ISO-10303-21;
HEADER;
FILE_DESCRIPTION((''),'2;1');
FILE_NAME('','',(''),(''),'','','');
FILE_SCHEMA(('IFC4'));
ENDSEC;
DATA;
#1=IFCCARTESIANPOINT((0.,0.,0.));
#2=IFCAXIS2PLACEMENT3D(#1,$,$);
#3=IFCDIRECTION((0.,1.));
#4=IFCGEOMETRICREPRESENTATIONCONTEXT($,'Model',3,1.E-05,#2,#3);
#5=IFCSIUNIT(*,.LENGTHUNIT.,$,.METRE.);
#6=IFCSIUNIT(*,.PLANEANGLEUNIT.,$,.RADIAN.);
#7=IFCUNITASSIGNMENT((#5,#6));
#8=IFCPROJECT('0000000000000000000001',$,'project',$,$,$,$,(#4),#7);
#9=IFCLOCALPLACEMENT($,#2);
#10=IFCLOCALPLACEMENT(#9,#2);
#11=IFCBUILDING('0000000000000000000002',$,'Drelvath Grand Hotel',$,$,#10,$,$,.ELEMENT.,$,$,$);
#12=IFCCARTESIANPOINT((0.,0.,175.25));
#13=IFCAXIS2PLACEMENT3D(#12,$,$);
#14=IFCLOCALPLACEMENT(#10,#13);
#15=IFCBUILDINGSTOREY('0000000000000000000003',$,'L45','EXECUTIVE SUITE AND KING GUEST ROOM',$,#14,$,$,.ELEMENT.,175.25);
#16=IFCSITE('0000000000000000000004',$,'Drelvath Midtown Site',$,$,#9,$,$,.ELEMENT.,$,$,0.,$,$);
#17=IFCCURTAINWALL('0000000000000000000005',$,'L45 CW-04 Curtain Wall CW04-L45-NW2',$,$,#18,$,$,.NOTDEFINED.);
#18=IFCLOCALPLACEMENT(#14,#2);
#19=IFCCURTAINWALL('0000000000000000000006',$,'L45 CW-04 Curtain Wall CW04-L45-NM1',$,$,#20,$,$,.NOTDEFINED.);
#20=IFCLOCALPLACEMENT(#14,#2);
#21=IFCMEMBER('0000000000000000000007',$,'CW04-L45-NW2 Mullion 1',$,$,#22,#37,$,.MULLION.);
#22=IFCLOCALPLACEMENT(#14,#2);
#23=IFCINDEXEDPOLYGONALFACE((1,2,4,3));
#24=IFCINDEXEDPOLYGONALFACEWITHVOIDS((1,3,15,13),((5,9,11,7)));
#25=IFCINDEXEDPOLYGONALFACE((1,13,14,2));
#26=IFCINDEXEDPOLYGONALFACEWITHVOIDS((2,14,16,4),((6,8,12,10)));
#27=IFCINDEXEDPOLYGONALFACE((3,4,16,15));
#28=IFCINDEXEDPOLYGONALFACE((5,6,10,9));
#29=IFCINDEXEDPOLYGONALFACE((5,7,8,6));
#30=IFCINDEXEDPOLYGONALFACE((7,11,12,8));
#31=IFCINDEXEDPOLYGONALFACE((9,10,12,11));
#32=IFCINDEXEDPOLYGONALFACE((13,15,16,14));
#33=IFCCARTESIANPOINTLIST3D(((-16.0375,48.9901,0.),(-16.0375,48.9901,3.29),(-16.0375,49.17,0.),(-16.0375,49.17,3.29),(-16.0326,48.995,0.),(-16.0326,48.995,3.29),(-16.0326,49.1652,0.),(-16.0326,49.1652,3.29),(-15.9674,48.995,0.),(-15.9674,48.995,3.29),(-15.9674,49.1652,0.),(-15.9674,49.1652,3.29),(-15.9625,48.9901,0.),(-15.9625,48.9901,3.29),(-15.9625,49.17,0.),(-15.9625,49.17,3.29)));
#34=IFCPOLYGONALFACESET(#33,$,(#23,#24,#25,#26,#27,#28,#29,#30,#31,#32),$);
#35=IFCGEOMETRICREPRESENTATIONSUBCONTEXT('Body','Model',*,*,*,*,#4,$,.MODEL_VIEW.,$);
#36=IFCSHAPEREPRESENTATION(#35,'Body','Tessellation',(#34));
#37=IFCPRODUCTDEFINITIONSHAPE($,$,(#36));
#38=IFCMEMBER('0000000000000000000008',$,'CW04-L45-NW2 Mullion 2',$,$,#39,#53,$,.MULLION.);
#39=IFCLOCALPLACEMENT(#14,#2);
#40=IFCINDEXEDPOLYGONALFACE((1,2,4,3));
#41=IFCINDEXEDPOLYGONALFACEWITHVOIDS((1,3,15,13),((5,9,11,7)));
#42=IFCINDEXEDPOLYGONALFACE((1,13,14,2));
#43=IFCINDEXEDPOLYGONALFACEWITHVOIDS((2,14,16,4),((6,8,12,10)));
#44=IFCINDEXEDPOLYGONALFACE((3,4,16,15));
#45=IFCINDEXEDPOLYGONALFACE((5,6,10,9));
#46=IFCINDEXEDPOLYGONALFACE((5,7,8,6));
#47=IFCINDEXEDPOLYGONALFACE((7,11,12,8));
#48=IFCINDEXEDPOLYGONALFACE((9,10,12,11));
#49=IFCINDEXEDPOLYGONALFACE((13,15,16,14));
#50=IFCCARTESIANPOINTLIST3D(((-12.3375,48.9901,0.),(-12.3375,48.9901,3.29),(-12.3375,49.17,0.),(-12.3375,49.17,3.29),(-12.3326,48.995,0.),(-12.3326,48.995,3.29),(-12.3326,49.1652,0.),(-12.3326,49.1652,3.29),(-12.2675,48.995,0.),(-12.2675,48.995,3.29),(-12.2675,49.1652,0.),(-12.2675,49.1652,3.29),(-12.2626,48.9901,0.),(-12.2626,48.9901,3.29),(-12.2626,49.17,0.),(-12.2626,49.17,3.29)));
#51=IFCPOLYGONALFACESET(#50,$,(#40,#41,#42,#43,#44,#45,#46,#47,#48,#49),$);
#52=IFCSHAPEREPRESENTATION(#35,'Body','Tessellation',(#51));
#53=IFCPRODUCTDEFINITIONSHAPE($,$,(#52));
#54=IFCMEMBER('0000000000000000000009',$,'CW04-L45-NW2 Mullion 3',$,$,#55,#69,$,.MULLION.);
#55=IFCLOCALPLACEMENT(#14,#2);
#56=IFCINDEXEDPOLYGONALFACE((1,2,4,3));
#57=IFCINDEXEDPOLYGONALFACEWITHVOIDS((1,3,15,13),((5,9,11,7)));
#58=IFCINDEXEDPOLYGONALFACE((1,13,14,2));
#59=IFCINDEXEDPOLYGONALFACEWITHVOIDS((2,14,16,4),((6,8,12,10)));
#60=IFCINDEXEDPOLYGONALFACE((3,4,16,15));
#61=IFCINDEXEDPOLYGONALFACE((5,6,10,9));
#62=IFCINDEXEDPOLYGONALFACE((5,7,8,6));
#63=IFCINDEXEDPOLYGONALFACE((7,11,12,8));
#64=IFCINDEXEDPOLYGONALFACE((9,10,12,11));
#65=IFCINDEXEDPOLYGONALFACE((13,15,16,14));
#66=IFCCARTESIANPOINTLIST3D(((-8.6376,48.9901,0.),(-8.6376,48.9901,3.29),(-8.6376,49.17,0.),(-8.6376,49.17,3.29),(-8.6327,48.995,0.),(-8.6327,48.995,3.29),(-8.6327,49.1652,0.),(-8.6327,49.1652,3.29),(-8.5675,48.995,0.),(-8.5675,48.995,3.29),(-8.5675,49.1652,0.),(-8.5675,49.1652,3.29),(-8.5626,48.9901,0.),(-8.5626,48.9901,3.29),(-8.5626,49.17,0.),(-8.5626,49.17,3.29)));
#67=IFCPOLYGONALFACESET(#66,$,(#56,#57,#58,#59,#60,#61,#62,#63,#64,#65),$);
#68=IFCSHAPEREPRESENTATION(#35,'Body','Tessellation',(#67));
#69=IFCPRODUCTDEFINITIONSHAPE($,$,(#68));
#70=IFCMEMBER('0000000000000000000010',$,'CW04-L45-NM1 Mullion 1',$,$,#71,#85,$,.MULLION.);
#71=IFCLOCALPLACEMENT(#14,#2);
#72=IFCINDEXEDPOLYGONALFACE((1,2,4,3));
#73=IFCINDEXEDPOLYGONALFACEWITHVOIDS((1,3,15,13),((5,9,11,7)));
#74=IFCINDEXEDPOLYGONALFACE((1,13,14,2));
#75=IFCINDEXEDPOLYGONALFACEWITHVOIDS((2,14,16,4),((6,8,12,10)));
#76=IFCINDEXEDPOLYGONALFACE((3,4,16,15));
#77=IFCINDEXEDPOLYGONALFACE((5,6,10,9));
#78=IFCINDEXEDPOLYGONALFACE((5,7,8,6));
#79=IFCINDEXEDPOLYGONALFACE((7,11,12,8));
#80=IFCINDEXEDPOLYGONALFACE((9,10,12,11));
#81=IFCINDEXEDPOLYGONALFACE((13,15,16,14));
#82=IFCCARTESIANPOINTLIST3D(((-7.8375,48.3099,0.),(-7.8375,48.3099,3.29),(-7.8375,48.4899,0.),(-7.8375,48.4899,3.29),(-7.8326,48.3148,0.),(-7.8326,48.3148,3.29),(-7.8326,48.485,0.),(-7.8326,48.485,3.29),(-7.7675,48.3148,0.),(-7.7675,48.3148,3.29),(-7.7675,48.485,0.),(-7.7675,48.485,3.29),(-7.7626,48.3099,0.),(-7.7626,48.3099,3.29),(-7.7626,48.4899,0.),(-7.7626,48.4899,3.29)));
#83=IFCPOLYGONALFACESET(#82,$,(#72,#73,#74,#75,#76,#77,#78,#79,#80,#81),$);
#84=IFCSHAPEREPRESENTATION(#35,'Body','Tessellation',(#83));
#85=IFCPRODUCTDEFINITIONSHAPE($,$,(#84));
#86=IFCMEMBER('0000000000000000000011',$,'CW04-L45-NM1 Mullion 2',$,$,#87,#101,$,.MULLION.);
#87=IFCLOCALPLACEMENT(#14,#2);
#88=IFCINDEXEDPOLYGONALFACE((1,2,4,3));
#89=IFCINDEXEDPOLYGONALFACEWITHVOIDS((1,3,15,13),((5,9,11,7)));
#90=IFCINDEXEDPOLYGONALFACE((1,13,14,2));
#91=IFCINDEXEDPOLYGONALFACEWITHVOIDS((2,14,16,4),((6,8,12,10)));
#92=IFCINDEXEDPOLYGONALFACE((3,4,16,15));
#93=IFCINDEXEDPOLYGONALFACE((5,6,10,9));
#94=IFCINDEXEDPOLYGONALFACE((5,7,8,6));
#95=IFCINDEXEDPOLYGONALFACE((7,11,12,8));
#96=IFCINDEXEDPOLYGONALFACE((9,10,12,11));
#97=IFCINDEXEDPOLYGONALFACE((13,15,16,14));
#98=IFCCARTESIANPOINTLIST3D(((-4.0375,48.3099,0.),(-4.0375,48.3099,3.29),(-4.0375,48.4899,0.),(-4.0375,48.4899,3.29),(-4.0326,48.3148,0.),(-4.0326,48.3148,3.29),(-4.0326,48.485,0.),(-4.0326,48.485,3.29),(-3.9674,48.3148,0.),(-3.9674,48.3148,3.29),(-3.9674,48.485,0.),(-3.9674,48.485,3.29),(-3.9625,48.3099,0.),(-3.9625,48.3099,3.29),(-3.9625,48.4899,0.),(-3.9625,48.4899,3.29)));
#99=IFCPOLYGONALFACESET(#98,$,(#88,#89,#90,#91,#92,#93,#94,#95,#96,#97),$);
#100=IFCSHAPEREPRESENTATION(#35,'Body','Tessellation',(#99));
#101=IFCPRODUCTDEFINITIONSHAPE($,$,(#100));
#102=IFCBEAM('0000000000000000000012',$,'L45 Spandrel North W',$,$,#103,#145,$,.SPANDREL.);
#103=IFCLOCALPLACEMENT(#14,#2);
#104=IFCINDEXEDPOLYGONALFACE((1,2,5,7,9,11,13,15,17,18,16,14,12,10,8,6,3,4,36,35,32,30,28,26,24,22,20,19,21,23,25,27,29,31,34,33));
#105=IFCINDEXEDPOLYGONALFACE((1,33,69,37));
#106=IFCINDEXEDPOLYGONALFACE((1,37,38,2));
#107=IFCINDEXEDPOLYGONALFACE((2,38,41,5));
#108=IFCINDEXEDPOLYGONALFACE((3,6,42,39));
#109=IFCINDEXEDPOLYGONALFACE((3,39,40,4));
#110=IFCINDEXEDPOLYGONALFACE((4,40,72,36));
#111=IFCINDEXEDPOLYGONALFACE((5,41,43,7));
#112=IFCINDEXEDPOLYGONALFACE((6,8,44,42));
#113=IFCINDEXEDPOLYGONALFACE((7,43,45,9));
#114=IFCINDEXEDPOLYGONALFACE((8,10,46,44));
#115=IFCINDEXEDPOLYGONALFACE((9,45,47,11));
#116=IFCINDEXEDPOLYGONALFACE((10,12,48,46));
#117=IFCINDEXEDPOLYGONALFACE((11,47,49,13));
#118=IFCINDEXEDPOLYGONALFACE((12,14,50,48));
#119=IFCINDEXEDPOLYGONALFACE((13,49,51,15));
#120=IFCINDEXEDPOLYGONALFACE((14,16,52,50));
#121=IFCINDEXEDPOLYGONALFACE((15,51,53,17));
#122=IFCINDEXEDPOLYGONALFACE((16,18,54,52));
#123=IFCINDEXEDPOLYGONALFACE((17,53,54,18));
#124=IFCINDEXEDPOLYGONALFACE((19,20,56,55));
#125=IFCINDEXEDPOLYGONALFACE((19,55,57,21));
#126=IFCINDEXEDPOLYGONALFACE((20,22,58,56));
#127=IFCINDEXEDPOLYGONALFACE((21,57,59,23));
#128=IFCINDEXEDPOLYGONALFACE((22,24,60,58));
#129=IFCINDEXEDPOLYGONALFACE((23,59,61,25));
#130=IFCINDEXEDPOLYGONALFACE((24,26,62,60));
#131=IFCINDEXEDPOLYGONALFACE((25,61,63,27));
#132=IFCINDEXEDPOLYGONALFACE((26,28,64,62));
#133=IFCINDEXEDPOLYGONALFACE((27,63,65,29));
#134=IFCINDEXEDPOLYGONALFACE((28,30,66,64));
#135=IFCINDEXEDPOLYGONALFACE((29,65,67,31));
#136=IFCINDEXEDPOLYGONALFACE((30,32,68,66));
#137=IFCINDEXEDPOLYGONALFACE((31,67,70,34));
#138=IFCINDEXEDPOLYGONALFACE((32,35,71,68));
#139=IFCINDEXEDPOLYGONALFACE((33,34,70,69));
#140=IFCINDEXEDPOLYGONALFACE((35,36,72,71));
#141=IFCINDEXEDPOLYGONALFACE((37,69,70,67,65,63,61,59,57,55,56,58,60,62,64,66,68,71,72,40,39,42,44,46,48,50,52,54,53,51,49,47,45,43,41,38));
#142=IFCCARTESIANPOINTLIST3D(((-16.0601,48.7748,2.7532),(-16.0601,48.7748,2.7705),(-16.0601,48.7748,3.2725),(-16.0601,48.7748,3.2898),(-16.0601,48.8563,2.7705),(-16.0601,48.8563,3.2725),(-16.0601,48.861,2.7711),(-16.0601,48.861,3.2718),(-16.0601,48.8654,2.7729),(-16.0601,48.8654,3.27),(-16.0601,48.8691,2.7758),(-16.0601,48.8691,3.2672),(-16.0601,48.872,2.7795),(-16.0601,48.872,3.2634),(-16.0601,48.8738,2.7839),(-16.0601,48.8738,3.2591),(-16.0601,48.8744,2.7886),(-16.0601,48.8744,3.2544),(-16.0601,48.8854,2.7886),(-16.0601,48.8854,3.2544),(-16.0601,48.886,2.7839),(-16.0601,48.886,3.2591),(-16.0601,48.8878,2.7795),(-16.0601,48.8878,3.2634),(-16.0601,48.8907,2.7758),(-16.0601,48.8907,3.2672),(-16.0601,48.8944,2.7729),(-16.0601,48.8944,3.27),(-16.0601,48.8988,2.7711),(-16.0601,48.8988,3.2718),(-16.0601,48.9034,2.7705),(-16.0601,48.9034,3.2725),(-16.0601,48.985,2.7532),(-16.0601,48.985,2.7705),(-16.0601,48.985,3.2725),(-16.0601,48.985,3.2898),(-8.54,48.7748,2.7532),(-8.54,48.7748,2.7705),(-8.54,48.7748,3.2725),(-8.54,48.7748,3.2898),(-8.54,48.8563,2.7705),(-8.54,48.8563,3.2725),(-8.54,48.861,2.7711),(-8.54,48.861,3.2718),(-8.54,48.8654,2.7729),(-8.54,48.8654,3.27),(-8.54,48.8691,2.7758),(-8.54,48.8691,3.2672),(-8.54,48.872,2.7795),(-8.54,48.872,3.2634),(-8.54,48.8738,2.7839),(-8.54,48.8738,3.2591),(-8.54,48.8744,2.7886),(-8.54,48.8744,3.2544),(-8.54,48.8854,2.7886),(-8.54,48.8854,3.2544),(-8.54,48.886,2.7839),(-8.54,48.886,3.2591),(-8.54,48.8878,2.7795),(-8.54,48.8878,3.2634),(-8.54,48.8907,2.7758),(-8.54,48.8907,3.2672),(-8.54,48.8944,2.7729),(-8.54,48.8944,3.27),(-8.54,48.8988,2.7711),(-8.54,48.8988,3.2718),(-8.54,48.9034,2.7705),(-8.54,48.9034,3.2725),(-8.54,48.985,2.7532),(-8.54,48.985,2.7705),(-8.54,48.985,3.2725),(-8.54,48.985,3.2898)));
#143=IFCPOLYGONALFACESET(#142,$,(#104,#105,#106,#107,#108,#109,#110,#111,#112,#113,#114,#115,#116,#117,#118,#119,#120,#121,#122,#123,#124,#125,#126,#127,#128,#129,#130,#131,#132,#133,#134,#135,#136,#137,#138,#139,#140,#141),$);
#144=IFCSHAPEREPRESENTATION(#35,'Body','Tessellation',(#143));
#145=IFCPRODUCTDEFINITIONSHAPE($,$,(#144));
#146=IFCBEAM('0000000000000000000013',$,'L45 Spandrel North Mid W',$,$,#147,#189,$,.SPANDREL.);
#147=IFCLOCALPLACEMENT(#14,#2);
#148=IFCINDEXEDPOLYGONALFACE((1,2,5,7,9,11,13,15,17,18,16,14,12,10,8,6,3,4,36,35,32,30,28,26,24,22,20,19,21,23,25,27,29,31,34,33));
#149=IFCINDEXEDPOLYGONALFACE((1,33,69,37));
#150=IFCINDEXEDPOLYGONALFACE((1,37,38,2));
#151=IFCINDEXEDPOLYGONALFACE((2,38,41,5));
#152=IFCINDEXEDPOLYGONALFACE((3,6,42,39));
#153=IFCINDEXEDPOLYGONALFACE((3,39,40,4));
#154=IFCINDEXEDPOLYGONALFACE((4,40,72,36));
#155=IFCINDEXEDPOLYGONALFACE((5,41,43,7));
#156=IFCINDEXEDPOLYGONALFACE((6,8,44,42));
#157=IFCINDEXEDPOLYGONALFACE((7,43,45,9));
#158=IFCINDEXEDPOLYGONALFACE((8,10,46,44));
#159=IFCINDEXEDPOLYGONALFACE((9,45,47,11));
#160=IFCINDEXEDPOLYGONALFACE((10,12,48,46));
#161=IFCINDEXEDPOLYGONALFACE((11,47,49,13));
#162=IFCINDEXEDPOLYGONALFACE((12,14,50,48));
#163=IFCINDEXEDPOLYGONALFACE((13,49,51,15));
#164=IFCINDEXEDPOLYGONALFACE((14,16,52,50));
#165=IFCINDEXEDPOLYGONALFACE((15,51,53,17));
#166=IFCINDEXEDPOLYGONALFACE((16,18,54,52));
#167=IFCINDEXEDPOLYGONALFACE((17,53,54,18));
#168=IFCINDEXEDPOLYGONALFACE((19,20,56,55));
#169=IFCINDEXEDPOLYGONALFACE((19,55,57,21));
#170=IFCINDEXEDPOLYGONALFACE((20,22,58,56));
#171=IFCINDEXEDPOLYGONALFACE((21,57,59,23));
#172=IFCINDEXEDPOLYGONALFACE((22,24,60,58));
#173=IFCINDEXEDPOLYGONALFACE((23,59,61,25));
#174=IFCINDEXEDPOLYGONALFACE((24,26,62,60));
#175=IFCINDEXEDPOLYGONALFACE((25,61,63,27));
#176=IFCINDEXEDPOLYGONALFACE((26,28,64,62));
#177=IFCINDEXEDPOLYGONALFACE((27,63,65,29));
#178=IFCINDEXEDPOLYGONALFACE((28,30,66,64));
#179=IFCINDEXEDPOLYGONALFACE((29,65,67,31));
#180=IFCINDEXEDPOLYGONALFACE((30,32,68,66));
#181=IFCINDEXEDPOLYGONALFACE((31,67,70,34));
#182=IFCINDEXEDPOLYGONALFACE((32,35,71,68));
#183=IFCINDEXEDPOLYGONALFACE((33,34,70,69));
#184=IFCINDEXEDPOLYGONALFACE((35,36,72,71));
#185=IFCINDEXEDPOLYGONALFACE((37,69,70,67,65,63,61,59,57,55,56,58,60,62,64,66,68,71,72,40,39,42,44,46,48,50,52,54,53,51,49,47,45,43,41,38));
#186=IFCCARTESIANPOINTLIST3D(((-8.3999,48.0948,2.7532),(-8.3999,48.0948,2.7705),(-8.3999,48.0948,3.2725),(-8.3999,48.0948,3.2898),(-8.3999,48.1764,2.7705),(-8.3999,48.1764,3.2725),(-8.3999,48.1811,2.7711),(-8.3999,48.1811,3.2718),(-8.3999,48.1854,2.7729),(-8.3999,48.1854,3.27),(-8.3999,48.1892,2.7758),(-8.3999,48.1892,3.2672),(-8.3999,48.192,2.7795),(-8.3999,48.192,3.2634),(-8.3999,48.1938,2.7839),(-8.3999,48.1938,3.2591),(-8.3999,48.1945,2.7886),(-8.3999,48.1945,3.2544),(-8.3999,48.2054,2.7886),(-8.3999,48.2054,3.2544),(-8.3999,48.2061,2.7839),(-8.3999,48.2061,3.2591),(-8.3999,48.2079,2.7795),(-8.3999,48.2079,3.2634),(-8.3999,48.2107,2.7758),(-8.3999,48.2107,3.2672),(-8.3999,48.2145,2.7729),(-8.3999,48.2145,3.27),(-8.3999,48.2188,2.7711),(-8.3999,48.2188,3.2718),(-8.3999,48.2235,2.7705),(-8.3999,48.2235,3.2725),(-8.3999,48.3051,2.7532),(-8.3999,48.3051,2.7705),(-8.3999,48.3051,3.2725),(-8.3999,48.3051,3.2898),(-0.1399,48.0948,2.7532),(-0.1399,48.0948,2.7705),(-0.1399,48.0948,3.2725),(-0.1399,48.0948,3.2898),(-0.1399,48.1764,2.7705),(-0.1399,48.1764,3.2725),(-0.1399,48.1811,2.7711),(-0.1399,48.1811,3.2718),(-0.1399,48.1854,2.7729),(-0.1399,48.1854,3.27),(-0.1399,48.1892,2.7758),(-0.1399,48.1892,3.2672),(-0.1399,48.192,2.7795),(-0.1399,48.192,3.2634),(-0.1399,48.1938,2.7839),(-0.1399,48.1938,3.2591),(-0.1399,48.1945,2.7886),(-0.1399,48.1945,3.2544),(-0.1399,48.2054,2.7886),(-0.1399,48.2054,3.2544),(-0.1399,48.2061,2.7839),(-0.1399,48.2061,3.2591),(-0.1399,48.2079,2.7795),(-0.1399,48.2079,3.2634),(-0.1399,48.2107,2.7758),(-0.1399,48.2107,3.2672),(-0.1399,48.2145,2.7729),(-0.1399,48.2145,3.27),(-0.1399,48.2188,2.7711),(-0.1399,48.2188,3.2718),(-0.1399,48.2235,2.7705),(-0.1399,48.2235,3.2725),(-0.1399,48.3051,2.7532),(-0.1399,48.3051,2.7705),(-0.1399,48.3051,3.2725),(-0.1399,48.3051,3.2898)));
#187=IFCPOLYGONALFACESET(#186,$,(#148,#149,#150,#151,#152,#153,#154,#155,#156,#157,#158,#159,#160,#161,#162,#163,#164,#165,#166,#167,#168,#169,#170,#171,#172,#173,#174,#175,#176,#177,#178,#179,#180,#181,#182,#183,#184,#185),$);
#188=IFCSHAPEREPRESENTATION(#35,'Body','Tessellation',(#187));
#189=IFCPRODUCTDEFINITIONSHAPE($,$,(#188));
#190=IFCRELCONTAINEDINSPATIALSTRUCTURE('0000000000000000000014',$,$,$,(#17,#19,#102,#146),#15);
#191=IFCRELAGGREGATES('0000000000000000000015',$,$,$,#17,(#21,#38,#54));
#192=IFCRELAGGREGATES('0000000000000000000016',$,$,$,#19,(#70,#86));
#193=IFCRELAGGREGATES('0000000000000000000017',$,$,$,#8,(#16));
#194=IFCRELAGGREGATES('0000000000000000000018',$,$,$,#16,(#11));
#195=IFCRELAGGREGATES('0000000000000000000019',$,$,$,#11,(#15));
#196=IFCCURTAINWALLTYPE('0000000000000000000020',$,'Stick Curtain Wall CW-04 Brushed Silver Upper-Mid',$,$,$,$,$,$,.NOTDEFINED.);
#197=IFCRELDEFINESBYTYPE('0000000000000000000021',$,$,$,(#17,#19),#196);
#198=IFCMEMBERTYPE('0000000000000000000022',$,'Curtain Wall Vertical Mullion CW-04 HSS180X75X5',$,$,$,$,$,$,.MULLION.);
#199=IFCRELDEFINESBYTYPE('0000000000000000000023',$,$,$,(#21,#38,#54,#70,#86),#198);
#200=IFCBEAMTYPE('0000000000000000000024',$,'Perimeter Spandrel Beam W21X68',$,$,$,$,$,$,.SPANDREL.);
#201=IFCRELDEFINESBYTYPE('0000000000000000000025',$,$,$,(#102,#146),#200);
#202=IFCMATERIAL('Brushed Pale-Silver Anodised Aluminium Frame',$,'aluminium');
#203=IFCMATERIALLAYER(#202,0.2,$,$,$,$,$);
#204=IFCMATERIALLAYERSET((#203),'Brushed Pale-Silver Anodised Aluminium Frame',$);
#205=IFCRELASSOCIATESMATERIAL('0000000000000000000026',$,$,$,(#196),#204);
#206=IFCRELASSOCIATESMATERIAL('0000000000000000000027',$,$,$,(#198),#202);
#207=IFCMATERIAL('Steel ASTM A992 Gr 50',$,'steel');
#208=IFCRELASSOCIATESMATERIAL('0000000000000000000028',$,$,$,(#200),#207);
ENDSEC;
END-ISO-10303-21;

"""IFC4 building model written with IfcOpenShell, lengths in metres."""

from ifc_helpers import new_model, si_unit, direction, frame, origin, origin_2d, place, context, subcontext, project, spatial, hollow_rectangle, i_section, extrude, material, layer, layer_set, material_profile, profile_set, type_object, element, aggregate, save


model = new_model("IFC4")

# Units and contexts
model_context = context("Model", 3, precision=1e-05, world=origin(), true_north=direction((0.0, 1.0)))
body_context = subcontext(model_context, "Body", "Model", "MODEL_VIEW")
ifc_project = project(units=[si_unit("LENGTHUNIT", "METRE"), si_unit("PLANEANGLEUNIT", "RADIAN")], contexts=[model_context])

# Site, building, storey
site_placement = place(None, origin())
site = spatial("IfcSite", under=ifc_project, at=site_placement, Name="Drelvath Midtown Site", CompositionType="ELEMENT", RefElevation=0.0)
building_placement = place(site_placement, origin())
building = spatial("IfcBuilding", under=site, at=building_placement, Name="Drelvath Grand Hotel", CompositionType="ELEMENT")
storey_placement = place(building_placement, frame((0.0, 0.0, 175.25)))
storey = spatial("IfcBuildingStorey", under=building, at=storey_placement, Name="L45", Description="EXECUTIVE SUITE AND KING GUEST ROOM", CompositionType="ELEMENT", Elevation=175.25)

# Shared definitions
ifc_material_1 = material(Name="Steel ASTM A992 Gr 50", Category="steel")

# Curtain walls
ifc_material_2 = material(Name="Brushed Pale-Silver Anodised Aluminium Frame", Category="aluminium")
ifc_layer_1 = layer(ifc_material_2, 0.2)
ifc_layer_set_1 = layer_set([ifc_layer_1], Name="Brushed Pale-Silver Anodised Aluminium Frame")
curtain_wall_type = type_object("IfcCurtainWallType", Name="Stick Curtain Wall CW-04 Brushed Silver Upper-Mid", PredefinedType="NOTDEFINED", material=ifc_layer_set_1)
curtain_wall_1_placement = place(storey_placement, origin())
curtain_wall_1 = element("IfcCurtainWall", 1, at=curtain_wall_1_placement, inside=storey, type_object=curtain_wall_type, Name="L45 CW-04 Curtain Wall CW04-L45-NW2", PredefinedType="NOTDEFINED")
curtain_wall_2_placement = place(storey_placement, origin())
curtain_wall_2 = element("IfcCurtainWall", 2, at=curtain_wall_2_placement, inside=storey, type_object=curtain_wall_type, Name="L45 CW-04 Curtain Wall CW04-L45-NM1", PredefinedType="NOTDEFINED")

# Members
ifc_material_profile_1 = material_profile(ifc_material_2, hollow_rectangle(XDim=0.075, YDim=0.1799, WallThickness=0.0049, at=origin_2d()), Name="HSS180X75X5")
ifc_profile_set_1 = profile_set([ifc_material_profile_1], Name="Brushed Pale-Silver Anodised Aluminium Frame")
member_type_1 = type_object("IfcMemberType", Name="Curtain Wall Vertical Mullion CW-04 HSS180X75X5", PredefinedType="MULLION", material=ifc_profile_set_1)
member_1_placement = place(storey_placement, frame((-16.0, 49.0801, 0.0), z_axis=(0.0, 0.0, 1.0), x_axis=(1.0, 0.0, 0.0)))
member_1 = element("IfcMember", 3, at=member_1_placement, type_object=member_type_1, Name="CW04-L45-NW2 Mullion 1", PredefinedType="MULLION", context=body_context, shape_type="SweptSolid", body=[
    extrude(hollow_rectangle(XDim=0.075, YDim=0.1799, WallThickness=0.0049, at=origin_2d()), origin(), (0.0, 0.0, 1.0), 3.29),
])
member_2_placement = place(storey_placement, frame((-12.3, 49.0801, 0.0), z_axis=(0.0, 0.0, 1.0), x_axis=(1.0, 0.0, 0.0)))
member_2 = element("IfcMember", 4, at=member_2_placement, type_object=member_type_1, Name="CW04-L45-NW2 Mullion 2", PredefinedType="MULLION", context=body_context, shape_type="SweptSolid", body=[
    extrude(hollow_rectangle(XDim=0.075, YDim=0.1799, WallThickness=0.0049, at=origin_2d()), origin(), (0.0, 0.0, 1.0), 3.29),
])
member_3_placement = place(storey_placement, frame((-8.6001, 49.0801, 0.0), z_axis=(0.0, 0.0, 1.0), x_axis=(1.0, 0.0, 0.0)))
member_3 = element("IfcMember", 5, at=member_3_placement, type_object=member_type_1, Name="CW04-L45-NW2 Mullion 3", PredefinedType="MULLION", context=body_context, shape_type="SweptSolid", body=[
    extrude(hollow_rectangle(XDim=0.075, YDim=0.1799, WallThickness=0.0049, at=origin_2d()), origin(), (0.0, 0.0, 1.0), 3.29),
])
member_4_placement = place(storey_placement, frame((-7.8, 48.3999, 0.0), z_axis=(0.0, 0.0, 1.0), x_axis=(1.0, 0.0, 0.0)))
member_4 = element("IfcMember", 6, at=member_4_placement, type_object=member_type_1, Name="CW04-L45-NM1 Mullion 1", PredefinedType="MULLION", context=body_context, shape_type="SweptSolid", body=[
    extrude(hollow_rectangle(XDim=0.075, YDim=0.1799, WallThickness=0.0049, at=origin_2d()), origin(), (0.0, 0.0, 1.0), 3.29),
])
member_5_placement = place(storey_placement, frame((-4.0, 48.3999, 0.0), z_axis=(0.0, 0.0, 1.0), x_axis=(1.0, 0.0, 0.0)))
member_5 = element("IfcMember", 7, at=member_5_placement, type_object=member_type_1, Name="CW04-L45-NM1 Mullion 2", PredefinedType="MULLION", context=body_context, shape_type="SweptSolid", body=[
    extrude(hollow_rectangle(XDim=0.075, YDim=0.1799, WallThickness=0.0049, at=origin_2d()), origin(), (0.0, 0.0, 1.0), 3.29),
])

# Beams
ifc_material_profile_2 = material_profile(ifc_material_1, i_section(OverallWidth=0.2102, OverallDepth=0.5366, WebThickness=0.011, FlangeThickness=0.0173, FilletRadius=0.0181, at=origin_2d()), Name="W21X68")
ifc_profile_set_2 = profile_set([ifc_material_profile_2], Name="Steel ASTM A992 Gr 50")
beam_type_1 = type_object("IfcBeamType", Name="Perimeter Spandrel Beam W21X68", PredefinedType="SPANDREL", material=ifc_profile_set_2)
beam_1_placement = place(storey_placement, frame((-16.0601, 48.8799, 3.0215), z_axis=(1.0, 0.0, 0.0), x_axis=(0.0, 1.0, 0.0)))
element("IfcBeam", 8, at=beam_1_placement, inside=storey, type_object=beam_type_1, Name="L45 Spandrel North W", PredefinedType="SPANDREL", context=body_context, shape_type="SweptSolid", body=[
    extrude(i_section(OverallWidth=0.2102, OverallDepth=0.5366, WebThickness=0.011, FlangeThickness=0.0173, FilletRadius=0.0181, at=origin_2d()), origin(), (0.0, 0.0, 1.0), 7.52),
])
beam_2_placement = place(storey_placement, frame((-8.3999, 48.2, 3.0215), z_axis=(1.0, 0.0, 0.0), x_axis=(0.0, 1.0, 0.0)))
element("IfcBeam", 9, at=beam_2_placement, inside=storey, type_object=beam_type_1, Name="L45 Spandrel North Mid W", PredefinedType="SPANDREL", context=body_context, shape_type="SweptSolid", body=[
    extrude(i_section(OverallWidth=0.2102, OverallDepth=0.5366, WebThickness=0.011, FlangeThickness=0.0173, FilletRadius=0.0181, at=origin_2d()), origin(), (0.0, 0.0, 1.0), 8.26),
])

aggregate(curtain_wall_1, [member_1, member_2, member_3])
aggregate(curtain_wall_2, [member_4, member_5])

save(model, "model.ifc")
